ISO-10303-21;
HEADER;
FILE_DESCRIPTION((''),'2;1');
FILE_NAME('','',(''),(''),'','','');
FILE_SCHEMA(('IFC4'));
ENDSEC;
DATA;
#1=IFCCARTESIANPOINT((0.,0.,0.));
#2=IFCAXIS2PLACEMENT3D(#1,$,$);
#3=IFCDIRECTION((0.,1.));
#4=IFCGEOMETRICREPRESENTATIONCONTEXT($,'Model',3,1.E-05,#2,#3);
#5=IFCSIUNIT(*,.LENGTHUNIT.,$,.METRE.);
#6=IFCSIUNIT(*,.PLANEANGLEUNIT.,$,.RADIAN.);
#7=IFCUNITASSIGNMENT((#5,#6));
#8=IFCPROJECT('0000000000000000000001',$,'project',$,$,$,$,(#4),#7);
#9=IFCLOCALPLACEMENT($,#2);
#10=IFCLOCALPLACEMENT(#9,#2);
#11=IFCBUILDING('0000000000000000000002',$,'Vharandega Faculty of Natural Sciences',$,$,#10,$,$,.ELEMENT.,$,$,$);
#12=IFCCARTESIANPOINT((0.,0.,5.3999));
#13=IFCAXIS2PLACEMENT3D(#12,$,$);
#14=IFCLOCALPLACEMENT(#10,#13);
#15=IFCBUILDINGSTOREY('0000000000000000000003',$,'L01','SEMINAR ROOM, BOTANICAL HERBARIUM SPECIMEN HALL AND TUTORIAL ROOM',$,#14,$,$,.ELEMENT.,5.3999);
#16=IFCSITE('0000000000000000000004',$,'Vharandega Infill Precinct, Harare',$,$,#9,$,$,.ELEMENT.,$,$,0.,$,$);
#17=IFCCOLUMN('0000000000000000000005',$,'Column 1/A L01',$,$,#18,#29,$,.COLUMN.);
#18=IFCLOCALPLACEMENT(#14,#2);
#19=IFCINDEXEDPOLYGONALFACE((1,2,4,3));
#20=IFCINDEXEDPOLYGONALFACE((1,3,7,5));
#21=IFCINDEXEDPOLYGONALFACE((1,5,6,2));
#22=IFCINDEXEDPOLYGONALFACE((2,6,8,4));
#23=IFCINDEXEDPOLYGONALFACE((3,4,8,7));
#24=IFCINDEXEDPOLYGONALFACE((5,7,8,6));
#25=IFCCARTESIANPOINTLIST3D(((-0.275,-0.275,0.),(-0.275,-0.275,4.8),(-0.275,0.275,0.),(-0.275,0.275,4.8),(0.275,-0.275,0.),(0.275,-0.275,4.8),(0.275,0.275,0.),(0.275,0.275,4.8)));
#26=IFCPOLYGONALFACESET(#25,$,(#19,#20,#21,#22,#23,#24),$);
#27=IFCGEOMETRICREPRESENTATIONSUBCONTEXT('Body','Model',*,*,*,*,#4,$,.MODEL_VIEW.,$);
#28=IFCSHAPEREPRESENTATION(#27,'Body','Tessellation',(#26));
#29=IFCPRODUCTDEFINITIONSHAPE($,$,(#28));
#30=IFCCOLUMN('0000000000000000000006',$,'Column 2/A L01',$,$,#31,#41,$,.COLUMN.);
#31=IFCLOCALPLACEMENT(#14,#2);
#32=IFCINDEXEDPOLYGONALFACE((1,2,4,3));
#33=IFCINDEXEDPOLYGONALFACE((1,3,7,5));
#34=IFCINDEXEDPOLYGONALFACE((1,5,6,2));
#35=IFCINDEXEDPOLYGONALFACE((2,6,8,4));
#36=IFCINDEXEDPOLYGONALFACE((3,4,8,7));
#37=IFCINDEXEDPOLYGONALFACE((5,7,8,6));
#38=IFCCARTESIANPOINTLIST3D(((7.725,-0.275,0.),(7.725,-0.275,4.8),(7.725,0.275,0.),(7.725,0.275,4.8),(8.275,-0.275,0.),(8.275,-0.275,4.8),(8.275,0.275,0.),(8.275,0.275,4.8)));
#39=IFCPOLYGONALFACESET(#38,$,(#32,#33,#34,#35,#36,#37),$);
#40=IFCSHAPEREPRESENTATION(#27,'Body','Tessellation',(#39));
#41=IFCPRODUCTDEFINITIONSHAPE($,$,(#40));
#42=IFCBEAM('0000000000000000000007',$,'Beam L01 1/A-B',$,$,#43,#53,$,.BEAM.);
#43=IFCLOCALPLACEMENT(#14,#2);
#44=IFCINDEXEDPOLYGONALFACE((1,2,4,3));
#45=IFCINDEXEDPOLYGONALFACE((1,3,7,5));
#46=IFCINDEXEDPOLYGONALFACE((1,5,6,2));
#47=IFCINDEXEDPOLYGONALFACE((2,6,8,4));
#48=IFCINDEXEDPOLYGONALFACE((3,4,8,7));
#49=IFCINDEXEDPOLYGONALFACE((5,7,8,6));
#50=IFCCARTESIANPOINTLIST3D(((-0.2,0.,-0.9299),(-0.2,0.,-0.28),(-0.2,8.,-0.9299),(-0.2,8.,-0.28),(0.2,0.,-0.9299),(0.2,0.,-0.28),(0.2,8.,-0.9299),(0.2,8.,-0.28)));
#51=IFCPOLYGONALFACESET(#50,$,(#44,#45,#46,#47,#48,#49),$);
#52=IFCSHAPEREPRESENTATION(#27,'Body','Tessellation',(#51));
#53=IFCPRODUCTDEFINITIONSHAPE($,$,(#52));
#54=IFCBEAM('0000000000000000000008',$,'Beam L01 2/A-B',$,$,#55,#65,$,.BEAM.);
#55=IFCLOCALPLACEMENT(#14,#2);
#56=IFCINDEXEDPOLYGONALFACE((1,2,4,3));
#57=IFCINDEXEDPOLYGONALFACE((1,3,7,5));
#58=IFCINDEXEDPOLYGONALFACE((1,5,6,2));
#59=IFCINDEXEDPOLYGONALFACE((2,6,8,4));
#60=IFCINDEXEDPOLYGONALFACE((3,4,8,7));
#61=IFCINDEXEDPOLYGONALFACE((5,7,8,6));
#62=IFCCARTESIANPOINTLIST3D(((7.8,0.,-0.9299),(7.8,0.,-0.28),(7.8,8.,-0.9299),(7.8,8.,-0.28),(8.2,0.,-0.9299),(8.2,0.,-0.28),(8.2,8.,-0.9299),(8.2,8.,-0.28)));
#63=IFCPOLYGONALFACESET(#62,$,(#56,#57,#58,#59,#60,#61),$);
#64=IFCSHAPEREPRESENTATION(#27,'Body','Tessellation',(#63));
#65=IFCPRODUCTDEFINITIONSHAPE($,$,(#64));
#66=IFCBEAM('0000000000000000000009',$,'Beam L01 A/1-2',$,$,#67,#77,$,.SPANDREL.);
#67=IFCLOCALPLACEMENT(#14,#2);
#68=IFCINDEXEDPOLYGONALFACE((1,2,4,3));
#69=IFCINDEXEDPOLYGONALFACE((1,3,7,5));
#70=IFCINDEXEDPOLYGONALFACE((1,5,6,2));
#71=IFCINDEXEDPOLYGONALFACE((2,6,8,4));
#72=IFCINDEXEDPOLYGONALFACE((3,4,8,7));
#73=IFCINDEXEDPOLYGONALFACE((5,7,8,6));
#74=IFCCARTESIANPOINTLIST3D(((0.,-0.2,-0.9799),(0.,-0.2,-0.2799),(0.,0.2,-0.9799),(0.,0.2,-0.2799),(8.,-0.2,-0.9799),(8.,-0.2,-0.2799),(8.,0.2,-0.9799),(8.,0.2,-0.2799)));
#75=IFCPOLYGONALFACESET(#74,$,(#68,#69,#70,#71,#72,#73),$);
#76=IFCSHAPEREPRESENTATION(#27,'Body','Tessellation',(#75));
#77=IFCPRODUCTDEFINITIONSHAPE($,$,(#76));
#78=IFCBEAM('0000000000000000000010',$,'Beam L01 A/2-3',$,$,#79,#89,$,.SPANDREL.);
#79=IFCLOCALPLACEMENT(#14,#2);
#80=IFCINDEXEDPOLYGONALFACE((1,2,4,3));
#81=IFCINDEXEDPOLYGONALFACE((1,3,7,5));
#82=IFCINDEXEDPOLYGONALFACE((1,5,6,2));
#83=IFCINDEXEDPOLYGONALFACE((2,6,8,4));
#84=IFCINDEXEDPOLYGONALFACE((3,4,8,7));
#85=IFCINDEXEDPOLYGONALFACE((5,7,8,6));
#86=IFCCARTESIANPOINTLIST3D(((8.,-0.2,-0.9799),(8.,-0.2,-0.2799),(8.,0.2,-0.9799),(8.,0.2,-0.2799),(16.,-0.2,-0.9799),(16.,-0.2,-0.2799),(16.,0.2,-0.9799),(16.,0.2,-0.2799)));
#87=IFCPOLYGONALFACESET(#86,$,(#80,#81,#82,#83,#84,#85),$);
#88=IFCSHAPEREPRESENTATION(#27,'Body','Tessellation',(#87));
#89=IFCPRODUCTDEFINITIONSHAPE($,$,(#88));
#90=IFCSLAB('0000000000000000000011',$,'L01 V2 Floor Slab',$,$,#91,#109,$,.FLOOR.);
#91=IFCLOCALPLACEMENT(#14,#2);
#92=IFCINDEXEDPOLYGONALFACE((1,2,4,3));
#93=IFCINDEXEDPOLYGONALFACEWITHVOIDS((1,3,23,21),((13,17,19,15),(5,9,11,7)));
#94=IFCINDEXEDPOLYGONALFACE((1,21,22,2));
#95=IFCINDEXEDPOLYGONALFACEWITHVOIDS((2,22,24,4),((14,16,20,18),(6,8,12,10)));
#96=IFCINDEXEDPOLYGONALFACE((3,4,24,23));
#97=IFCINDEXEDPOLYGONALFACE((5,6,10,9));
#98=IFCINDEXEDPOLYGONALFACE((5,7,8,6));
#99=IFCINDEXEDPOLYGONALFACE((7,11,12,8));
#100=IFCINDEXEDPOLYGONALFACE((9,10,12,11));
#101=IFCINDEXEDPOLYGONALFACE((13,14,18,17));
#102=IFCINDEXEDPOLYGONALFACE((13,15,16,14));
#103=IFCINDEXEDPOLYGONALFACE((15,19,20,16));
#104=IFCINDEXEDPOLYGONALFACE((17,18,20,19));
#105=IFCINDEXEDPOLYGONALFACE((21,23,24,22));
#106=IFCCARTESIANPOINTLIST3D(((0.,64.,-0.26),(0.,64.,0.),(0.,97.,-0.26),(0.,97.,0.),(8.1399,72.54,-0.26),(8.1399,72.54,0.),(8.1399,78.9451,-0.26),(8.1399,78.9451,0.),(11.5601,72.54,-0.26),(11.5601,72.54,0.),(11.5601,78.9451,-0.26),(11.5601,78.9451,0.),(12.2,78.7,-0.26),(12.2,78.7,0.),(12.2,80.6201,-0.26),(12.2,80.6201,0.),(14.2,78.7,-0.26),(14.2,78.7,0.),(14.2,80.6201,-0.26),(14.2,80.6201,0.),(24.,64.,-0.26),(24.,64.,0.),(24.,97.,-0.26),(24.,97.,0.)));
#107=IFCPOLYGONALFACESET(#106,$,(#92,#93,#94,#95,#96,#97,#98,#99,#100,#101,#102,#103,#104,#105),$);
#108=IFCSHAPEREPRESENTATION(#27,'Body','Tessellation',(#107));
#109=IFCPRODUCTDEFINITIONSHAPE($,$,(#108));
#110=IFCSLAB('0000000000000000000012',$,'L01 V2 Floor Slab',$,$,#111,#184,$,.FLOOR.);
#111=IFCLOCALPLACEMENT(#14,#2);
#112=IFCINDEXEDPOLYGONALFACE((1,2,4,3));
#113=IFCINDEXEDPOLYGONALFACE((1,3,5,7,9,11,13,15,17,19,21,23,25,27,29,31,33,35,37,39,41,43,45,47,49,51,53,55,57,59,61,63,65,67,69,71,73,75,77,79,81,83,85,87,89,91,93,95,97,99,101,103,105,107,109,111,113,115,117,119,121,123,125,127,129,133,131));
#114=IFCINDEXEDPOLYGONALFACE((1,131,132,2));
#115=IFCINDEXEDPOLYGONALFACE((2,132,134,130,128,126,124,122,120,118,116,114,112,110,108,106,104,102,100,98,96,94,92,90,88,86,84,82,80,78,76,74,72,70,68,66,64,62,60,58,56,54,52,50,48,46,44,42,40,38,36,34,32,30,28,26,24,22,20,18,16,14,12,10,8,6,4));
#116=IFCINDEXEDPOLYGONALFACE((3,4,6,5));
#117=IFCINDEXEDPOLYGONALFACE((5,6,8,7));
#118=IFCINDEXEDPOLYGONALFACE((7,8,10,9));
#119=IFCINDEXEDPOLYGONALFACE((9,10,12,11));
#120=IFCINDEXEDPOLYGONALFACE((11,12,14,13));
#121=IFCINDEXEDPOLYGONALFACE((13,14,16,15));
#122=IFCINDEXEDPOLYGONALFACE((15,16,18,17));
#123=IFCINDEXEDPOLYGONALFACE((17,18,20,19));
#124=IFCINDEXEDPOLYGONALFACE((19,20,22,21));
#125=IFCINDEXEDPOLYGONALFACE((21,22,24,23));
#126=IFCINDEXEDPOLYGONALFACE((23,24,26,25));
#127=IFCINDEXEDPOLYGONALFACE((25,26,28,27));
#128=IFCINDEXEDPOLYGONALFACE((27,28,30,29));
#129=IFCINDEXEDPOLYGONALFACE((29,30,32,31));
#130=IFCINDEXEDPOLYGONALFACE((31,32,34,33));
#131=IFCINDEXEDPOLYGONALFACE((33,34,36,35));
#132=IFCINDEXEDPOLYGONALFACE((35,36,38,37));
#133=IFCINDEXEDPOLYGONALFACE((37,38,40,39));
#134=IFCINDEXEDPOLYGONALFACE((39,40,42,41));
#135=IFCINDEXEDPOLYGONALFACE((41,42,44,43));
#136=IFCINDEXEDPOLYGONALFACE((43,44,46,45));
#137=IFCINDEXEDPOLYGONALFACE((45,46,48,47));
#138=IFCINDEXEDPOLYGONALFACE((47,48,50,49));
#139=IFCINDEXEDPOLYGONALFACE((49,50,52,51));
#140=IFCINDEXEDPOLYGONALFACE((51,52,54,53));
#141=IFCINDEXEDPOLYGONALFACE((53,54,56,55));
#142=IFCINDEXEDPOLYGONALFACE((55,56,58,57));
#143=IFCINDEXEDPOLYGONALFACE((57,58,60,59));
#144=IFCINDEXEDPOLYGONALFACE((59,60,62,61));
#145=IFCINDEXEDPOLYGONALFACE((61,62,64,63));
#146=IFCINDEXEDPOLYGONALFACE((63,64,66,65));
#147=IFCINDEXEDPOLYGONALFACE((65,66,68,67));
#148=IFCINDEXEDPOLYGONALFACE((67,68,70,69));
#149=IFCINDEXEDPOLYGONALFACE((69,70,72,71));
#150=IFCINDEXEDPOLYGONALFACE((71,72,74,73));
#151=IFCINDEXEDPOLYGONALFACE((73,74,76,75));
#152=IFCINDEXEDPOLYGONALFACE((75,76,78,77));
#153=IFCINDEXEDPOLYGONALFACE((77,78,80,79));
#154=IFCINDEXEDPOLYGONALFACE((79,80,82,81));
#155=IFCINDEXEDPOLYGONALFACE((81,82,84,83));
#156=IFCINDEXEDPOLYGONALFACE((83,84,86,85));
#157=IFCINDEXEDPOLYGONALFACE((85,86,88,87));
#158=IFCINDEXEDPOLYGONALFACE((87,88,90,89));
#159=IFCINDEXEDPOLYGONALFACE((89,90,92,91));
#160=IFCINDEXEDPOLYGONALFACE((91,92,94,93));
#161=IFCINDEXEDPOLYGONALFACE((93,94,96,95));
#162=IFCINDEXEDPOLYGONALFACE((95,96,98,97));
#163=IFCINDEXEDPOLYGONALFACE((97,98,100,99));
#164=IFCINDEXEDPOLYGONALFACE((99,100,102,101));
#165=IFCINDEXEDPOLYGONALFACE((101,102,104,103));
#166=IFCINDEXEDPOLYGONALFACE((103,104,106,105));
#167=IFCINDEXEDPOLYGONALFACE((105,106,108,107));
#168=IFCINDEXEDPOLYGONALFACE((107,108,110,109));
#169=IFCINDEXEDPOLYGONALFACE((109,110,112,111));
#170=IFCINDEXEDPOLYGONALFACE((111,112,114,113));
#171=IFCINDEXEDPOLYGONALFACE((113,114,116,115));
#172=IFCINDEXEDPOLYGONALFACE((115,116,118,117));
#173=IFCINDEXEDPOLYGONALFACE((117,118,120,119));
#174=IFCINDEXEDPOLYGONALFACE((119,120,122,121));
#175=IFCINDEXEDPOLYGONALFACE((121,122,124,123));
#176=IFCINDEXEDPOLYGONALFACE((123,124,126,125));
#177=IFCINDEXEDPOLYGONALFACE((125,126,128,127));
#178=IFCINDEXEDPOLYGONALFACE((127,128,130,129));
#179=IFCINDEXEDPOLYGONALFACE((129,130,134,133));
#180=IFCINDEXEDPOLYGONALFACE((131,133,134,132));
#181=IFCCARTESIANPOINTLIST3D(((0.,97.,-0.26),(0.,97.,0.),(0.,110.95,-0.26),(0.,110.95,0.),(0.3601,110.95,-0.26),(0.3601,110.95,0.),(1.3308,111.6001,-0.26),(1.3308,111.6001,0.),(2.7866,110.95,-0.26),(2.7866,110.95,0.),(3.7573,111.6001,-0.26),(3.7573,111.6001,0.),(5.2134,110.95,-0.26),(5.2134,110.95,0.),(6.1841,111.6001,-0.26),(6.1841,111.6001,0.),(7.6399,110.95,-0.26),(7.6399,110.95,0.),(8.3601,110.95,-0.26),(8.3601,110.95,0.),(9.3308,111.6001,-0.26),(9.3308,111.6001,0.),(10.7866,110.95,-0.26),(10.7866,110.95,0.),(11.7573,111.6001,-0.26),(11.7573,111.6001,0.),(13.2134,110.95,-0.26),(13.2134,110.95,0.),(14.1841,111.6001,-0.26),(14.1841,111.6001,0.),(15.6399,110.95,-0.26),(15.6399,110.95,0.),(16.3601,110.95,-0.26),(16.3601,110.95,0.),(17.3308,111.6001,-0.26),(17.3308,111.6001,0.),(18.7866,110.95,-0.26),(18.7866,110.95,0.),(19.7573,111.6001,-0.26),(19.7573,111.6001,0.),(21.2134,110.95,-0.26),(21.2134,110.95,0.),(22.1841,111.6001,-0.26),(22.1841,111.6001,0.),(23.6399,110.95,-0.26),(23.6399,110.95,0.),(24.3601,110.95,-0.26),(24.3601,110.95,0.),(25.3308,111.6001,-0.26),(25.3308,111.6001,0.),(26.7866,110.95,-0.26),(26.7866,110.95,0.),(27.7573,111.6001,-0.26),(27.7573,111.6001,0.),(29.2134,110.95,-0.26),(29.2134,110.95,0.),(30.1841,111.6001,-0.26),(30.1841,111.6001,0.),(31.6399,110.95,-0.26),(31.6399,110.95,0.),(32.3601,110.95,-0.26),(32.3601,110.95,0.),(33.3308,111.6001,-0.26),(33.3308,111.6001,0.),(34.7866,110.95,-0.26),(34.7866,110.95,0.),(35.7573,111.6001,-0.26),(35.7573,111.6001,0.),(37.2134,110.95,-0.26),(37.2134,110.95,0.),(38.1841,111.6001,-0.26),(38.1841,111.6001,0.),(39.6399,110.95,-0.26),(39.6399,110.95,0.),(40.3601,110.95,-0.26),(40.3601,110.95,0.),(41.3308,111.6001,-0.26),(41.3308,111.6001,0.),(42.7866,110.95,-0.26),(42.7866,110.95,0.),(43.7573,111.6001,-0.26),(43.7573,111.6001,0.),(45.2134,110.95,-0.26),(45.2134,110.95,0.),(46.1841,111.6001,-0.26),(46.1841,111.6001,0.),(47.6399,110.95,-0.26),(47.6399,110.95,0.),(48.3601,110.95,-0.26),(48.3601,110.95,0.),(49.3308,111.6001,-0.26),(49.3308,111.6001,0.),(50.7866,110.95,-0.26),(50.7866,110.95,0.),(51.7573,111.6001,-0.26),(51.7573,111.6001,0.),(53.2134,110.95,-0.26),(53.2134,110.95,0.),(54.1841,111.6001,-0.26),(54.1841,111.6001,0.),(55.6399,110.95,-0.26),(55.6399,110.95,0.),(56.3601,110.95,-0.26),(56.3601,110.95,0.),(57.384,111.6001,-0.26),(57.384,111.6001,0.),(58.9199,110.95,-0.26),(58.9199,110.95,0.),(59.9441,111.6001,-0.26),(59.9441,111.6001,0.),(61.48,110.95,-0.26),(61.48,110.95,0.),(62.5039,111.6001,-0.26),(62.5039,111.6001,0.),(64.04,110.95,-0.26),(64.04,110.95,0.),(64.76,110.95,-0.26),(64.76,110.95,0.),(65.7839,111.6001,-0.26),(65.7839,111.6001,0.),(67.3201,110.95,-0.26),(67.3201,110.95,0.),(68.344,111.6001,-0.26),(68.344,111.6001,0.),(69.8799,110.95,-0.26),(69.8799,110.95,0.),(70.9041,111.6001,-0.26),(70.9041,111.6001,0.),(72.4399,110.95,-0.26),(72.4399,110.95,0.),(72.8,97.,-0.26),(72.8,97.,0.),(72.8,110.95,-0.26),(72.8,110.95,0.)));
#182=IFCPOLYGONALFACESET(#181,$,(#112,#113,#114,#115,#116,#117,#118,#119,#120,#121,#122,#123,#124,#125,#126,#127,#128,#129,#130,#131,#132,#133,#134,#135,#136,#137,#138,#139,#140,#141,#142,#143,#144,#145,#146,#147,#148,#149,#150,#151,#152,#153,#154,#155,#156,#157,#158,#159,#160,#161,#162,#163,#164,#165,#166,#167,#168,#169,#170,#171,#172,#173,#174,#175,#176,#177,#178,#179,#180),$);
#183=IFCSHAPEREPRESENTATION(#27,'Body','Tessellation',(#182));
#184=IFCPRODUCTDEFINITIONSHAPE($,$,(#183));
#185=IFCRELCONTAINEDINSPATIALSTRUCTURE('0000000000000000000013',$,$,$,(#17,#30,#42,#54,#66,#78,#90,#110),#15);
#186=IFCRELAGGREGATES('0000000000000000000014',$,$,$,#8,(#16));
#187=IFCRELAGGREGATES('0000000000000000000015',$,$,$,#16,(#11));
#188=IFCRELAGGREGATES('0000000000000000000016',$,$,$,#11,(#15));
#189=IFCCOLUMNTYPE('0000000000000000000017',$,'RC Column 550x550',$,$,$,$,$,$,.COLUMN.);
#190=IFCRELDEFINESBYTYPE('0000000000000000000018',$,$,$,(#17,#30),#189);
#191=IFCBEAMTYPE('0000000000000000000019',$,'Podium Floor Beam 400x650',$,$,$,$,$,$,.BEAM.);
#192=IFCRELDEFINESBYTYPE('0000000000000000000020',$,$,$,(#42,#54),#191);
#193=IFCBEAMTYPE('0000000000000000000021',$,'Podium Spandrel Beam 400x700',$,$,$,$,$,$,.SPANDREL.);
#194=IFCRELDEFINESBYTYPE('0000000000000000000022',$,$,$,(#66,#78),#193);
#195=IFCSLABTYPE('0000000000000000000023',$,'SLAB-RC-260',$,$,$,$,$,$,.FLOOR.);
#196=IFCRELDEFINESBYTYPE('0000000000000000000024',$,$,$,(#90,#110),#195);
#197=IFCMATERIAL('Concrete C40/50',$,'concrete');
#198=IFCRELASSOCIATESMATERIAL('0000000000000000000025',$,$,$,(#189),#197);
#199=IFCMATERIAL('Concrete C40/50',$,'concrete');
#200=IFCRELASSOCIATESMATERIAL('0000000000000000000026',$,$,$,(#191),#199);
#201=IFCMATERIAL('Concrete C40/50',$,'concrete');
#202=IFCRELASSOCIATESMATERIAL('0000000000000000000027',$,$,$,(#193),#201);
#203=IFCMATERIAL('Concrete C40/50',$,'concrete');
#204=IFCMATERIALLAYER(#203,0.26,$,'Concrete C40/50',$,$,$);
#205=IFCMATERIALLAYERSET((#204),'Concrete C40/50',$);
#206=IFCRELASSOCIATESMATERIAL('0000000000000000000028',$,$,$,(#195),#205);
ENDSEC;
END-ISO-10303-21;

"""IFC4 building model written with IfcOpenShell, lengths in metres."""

from ifc_helpers import new_model, si_unit, direction, frame, origin, origin_2d, place, context, subcontext, project, spatial, polyline, rectangle, outline, extrude, material, layer, layer_set, material_profile, profile_set, type_object, element, save


model = new_model("IFC4")

# Units and contexts
model_context = context("Model", 3, precision=1e-05, world=origin(), true_north=direction((0.0, 1.0)))
body_context = subcontext(model_context, "Body", "Model", "MODEL_VIEW")
ifc_project = project(units=[si_unit("LENGTHUNIT", "METRE"), si_unit("PLANEANGLEUNIT", "RADIAN")], contexts=[model_context])

# Site, building, storey
site_placement = place(None, origin())
site = spatial("IfcSite", under=ifc_project, at=site_placement, Name="Vharandega Infill Precinct, Harare", CompositionType="ELEMENT", RefElevation=0.0)
building_placement = place(site_placement, origin())
building = spatial("IfcBuilding", under=site, at=building_placement, Name="Vharandega Faculty of Natural Sciences", CompositionType="ELEMENT")
storey_placement = place(building_placement, frame((0.0, 0.0, 5.3999)))
storey = spatial("IfcBuildingStorey", under=building, at=storey_placement, Name="L01", Description="SEMINAR ROOM, BOTANICAL HERBARIUM SPECIMEN HALL AND TUTORIAL ROOM", CompositionType="ELEMENT", Elevation=5.3999)

# Columns
ifc_material_1 = material(Name="Concrete C40/50", Category="concrete")
ifc_material_profile_1 = material_profile(ifc_material_1, rectangle(XDim=0.55, YDim=0.55, at=origin_2d()), Name="RC 550x550")
ifc_profile_set_1 = profile_set([ifc_material_profile_1], Name="Concrete C40/50")
column_type = type_object("IfcColumnType", Name="RC Column 550x550", PredefinedType="COLUMN", material=ifc_profile_set_1)
for number, where, z_axis, x_axis, name in (
    (1, (0.0, 0.0, 0.0), (0.0, 0.0, 1.0), (1.0, 0.0, 0.0), "Column 1/A L01"),
    (2, (8.0, 0.0, 0.0), (0.0, 0.0, 1.0), (1.0, 0.0, 0.0), "Column 2/A L01"),
):
    element("IfcColumn", number, at=place(storey_placement, frame(where, z_axis=z_axis, x_axis=x_axis)), inside=storey, type_object=column_type, Name=name, PredefinedType="COLUMN", context=body_context, shape_type="SweptSolid", body=[
        extrude(rectangle(XDim=0.55, YDim=0.55, at=origin_2d()), origin(), (0.0, 0.0, 1.0), 4.8),
    ])

# Beams
ifc_material_2 = material(Name="Concrete C40/50", Category="concrete")
ifc_material_profile_2 = material_profile(ifc_material_2, rectangle(XDim=0.3999, YDim=0.6499, at=origin_2d()), Name="RC 400x650")
ifc_profile_set_2 = profile_set([ifc_material_profile_2], Name="Concrete C40/50")
beam_type_1 = type_object("IfcBeamType", Name="Podium Floor Beam 400x650", PredefinedType="BEAM", material=ifc_profile_set_2)
for number, where, z_axis, x_axis, name in (
    (3, (0.0, 0.0, -0.605), (0.0, 1.0, 0.0), (-1.0, 0.0, 0.0), "Beam L01 1/A-B"),
    (4, (8.0, 0.0, -0.605), (0.0, 1.0, 0.0), (-1.0, 0.0, 0.0), "Beam L01 2/A-B"),
):
    element("IfcBeam", number, at=place(storey_placement, frame(where, z_axis=z_axis, x_axis=x_axis)), inside=storey, type_object=beam_type_1, Name=name, PredefinedType="BEAM", context=body_context, shape_type="SweptSolid", body=[
        extrude(rectangle(XDim=0.3999, YDim=0.6499, at=origin_2d()), origin(), (0.0, 0.0, 1.0), 8.0),
    ])
ifc_material_3 = material(Name="Concrete C40/50", Category="concrete")
ifc_material_profile_3 = material_profile(ifc_material_3, rectangle(XDim=0.3999, YDim=0.7, at=origin_2d()), Name="RC 400x700")
ifc_profile_set_3 = profile_set([ifc_material_profile_3], Name="Concrete C40/50")
beam_type_2 = type_object("IfcBeamType", Name="Podium Spandrel Beam 400x700", PredefinedType="SPANDREL", material=ifc_profile_set_3)
for number, where, z_axis, x_axis, name in (
    (5, (0.0, 0.0, -0.6299), (1.0, 0.0, 0.0), (0.0, 1.0, 0.0), "Beam L01 A/1-2"),
    (6, (8.0, 0.0, -0.6299), (1.0, 0.0, 0.0), (0.0, 1.0, 0.0), "Beam L01 A/2-3"),
):
    element("IfcBeam", number, at=place(storey_placement, frame(where, z_axis=z_axis, x_axis=x_axis)), inside=storey, type_object=beam_type_2, Name=name, PredefinedType="SPANDREL", context=body_context, shape_type="SweptSolid", body=[
        extrude(rectangle(XDim=0.3999, YDim=0.7, at=origin_2d()), origin(), (0.0, 0.0, 1.0), 8.0),
    ])

# Slabs
ifc_material_4 = material(Name="Concrete C40/50", Category="concrete")
ifc_layer_1 = layer(ifc_material_4, 0.26, Name="Concrete C40/50")
ifc_layer_set_1 = layer_set([ifc_layer_1], Name="Concrete C40/50")
slab_type_1 = type_object("IfcSlabType", Name="SLAB-RC-260", PredefinedType="FLOOR", material=ifc_layer_set_1)
slab_1_placement = place(storey_placement, frame((0.0, 0.0, -0.26)))
element("IfcSlab", 7, at=slab_1_placement, inside=storey, type_object=slab_type_1, Name="L01 V2 Floor Slab", PredefinedType="FLOOR", context=body_context, shape_type="SweptSolid", body=[
    extrude(outline(polyline([(0.0, 64.0), (24.0, 64.0), (24.0, 97.0), (0.0, 97.0), (0.0, 64.0)]), holes=[polyline([(8.1399, 78.9451), (8.1399, 72.54), (11.5601, 72.54), (11.5601, 78.9451), (8.1399, 78.9451)]), polyline([(12.2, 78.7), (14.2, 78.7), (14.2, 80.6201), (12.2, 80.6201), (12.2, 78.7)])]), origin(), (0.0, 0.0, 1.0), 0.26),
])
slab_2_placement = place(storey_placement, frame((0.0, 0.0, -0.26)))
element("IfcSlab", 8, at=slab_2_placement, inside=storey, type_object=slab_type_1, Name="L01 V2 Floor Slab", PredefinedType="FLOOR", context=body_context, shape_type="SweptSolid", body=[
    extrude(outline(polyline([(0.0, 97.0), (72.8, 97.0), (72.8, 110.95), (72.4399, 110.95), (70.9041, 111.6001), (69.8799, 110.95), (69.8799, 110.95), (68.344, 111.6001), (67.3201, 110.95), (67.3201, 110.95), (65.7839, 111.6001), (64.76, 110.95), (64.04, 110.95), (62.5039, 111.6001), (61.48, 110.95), (61.48, 110.95), (59.9441, 111.6001), (58.9199, 110.95), (58.9199, 110.95), (57.384, 111.6001), (56.3601, 110.95), (55.6399, 110.95), (54.1841, 111.6001), (53.2134, 110.95), (53.2134, 110.95), (51.7573, 111.6001), (50.7866, 110.95), (50.7866, 110.95), (49.3308, 111.6001), (48.3601, 110.95), (47.6399, 110.95), (46.1841, 111.6001), (45.2134, 110.95), (45.2134, 110.95), (43.7573, 111.6001), (42.7866, 110.95), (42.7866, 110.95), (41.3308, 111.6001), (40.3601, 110.95), (39.6399, 110.95), (38.1841, 111.6001), (37.2134, 110.95), (37.2134, 110.95), (35.7573, 111.6001), (34.7866, 110.95), (34.7866, 110.95), (33.3308, 111.6001), (32.3601, 110.95), (31.6399, 110.95), (30.1841, 111.6001), (29.2134, 110.95), (29.2134, 110.95), (27.7573, 111.6001), (26.7866, 110.95), (26.7866, 110.95), (25.3308, 111.6001), (24.3601, 110.95), (23.6399, 110.95), (22.1841, 111.6001), (21.2134, 110.95), (21.2134, 110.95), (19.7573, 111.6001), (18.7866, 110.95), (18.7866, 110.95), (17.3308, 111.6001), (16.3601, 110.95), (15.6399, 110.95), (14.1841, 111.6001), (13.2134, 110.95), (13.2134, 110.95), (11.7573, 111.6001), (10.7866, 110.95), (10.7866, 110.95), (9.3308, 111.6001), (8.3601, 110.95), (7.6399, 110.95), (6.1841, 111.6001), (5.2134, 110.95), (5.2134, 110.95), (3.7573, 111.6001), (2.7866, 110.95), (2.7866, 110.95), (1.3308, 111.6001), (0.3601, 110.95), (0.0, 110.95), (0.0, 97.0)])), origin(), (0.0, 0.0, 1.0), 0.26),
])

save(model, "model.ifc")
